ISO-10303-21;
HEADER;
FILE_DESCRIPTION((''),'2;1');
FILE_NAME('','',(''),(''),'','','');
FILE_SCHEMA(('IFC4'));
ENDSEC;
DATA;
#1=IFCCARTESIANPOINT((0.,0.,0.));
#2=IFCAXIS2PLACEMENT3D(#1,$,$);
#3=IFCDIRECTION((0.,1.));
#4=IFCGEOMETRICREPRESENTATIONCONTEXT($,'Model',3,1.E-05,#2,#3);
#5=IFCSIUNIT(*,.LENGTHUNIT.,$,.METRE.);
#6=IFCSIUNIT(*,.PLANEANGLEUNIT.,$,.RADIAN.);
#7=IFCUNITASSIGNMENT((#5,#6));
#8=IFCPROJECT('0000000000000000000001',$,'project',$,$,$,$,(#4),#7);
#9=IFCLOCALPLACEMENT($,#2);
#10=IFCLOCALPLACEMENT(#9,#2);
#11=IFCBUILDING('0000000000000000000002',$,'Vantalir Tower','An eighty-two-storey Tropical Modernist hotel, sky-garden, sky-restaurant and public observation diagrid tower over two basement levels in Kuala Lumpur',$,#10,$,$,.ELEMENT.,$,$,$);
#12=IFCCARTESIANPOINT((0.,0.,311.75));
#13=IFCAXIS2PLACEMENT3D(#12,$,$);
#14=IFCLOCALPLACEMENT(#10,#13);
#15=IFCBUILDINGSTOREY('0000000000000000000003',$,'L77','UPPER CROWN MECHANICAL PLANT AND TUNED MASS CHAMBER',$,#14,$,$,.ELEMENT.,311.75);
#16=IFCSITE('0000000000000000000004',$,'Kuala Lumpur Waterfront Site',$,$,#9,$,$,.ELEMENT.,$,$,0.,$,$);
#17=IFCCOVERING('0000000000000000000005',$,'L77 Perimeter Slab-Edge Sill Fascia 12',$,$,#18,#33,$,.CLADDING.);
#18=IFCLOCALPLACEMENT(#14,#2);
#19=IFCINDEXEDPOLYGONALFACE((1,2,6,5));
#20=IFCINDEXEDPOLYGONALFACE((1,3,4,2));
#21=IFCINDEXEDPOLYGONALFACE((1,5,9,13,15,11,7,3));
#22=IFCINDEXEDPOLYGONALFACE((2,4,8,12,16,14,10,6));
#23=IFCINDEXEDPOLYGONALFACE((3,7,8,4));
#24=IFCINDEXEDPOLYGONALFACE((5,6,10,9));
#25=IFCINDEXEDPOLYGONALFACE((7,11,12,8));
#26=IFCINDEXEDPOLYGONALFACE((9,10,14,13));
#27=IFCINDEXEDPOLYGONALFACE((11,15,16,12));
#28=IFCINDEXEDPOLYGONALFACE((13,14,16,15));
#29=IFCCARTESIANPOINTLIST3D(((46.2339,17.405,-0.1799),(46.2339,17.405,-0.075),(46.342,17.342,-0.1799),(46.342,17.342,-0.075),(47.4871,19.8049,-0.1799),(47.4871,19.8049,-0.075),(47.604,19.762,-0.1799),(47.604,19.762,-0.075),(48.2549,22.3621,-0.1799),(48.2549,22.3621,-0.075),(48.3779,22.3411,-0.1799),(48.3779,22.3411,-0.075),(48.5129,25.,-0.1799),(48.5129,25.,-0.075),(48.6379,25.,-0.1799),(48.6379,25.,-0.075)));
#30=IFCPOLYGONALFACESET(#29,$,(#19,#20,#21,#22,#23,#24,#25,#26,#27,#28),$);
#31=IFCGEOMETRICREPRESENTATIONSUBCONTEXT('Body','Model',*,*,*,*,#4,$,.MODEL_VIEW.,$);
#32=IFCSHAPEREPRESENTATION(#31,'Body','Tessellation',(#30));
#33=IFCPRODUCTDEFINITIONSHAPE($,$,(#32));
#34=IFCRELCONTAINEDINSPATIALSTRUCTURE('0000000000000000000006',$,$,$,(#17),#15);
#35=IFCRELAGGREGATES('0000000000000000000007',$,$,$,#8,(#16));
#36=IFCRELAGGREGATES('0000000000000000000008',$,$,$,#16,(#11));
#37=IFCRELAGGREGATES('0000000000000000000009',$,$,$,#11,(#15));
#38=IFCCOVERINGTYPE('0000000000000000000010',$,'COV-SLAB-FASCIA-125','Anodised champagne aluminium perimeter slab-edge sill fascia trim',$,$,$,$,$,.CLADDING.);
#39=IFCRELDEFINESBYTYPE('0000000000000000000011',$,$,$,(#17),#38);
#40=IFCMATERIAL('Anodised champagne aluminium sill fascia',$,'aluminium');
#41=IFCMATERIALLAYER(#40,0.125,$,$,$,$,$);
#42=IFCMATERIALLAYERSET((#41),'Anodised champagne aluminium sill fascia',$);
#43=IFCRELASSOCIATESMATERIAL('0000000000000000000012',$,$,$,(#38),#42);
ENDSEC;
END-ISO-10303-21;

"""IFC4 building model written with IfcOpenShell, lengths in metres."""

from ifc_helpers import new_model, si_unit, direction, frame, origin, place, context, subcontext, project, spatial, polyline, outline, extrude, material, layer, layer_set, type_object, element, save


model = new_model("IFC4")

# Units and contexts
model_context = context("Model", 3, precision=1e-05, world=origin(), true_north=direction((0.0, 1.0)))
body_context = subcontext(model_context, "Body", "Model", "MODEL_VIEW")
ifc_project = project(units=[si_unit("LENGTHUNIT", "METRE"), si_unit("PLANEANGLEUNIT", "RADIAN")], contexts=[model_context])

# Site, building, storey
site_placement = place(None, origin())
site = spatial("IfcSite", under=ifc_project, at=site_placement, Name="Kuala Lumpur Waterfront Site", CompositionType="ELEMENT", RefElevation=0.0)
building_placement = place(site_placement, origin())
building = spatial("IfcBuilding", under=site, at=building_placement, Name="Vantalir Tower", Description="An eighty-two-storey Tropical Modernist hotel, sky-garden, sky-restaurant and public observation diagrid tower over two basement levels in Kuala Lumpur", CompositionType="ELEMENT")
storey_placement = place(building_placement, frame((0.0, 0.0, 311.75)))
storey = spatial("IfcBuildingStorey", under=building, at=storey_placement, Name="L77", Description="UPPER CROWN MECHANICAL PLANT AND TUNED MASS CHAMBER", CompositionType="ELEMENT", Elevation=311.75)

# Covering
ifc_material_1 = material(Name="Anodised champagne aluminium sill fascia", Category="aluminium")
ifc_layer_1 = layer(ifc_material_1, 0.125)
ifc_layer_set_1 = layer_set([ifc_layer_1], Name="Anodised champagne aluminium sill fascia")
covering_type = type_object("IfcCoveringType", Name="COV-SLAB-FASCIA-125", Description="Anodised champagne aluminium perimeter slab-edge sill fascia trim", PredefinedType="CLADDING", material=ifc_layer_set_1)
covering_1_placement = place(storey_placement, frame((0.0, 0.0, -0.1799)))
element("IfcCovering", 1, at=covering_1_placement, inside=storey, type_object=covering_type, Name="L77 Perimeter Slab-Edge Sill Fascia 12", PredefinedType="CLADDING", context=body_context, shape_type="SweptSolid", body=[
    extrude(outline(polyline([(46.342, 17.342), (47.604, 19.762), (48.3779, 22.3411), (48.6379, 25.0), (48.5129, 25.0), (48.2549, 22.3621), (47.4871, 19.8049), (46.2339, 17.405), (46.342, 17.342)])), origin(), (0.0, 0.0, 1.0), 0.105),
])

save(model, "model.ifc")
